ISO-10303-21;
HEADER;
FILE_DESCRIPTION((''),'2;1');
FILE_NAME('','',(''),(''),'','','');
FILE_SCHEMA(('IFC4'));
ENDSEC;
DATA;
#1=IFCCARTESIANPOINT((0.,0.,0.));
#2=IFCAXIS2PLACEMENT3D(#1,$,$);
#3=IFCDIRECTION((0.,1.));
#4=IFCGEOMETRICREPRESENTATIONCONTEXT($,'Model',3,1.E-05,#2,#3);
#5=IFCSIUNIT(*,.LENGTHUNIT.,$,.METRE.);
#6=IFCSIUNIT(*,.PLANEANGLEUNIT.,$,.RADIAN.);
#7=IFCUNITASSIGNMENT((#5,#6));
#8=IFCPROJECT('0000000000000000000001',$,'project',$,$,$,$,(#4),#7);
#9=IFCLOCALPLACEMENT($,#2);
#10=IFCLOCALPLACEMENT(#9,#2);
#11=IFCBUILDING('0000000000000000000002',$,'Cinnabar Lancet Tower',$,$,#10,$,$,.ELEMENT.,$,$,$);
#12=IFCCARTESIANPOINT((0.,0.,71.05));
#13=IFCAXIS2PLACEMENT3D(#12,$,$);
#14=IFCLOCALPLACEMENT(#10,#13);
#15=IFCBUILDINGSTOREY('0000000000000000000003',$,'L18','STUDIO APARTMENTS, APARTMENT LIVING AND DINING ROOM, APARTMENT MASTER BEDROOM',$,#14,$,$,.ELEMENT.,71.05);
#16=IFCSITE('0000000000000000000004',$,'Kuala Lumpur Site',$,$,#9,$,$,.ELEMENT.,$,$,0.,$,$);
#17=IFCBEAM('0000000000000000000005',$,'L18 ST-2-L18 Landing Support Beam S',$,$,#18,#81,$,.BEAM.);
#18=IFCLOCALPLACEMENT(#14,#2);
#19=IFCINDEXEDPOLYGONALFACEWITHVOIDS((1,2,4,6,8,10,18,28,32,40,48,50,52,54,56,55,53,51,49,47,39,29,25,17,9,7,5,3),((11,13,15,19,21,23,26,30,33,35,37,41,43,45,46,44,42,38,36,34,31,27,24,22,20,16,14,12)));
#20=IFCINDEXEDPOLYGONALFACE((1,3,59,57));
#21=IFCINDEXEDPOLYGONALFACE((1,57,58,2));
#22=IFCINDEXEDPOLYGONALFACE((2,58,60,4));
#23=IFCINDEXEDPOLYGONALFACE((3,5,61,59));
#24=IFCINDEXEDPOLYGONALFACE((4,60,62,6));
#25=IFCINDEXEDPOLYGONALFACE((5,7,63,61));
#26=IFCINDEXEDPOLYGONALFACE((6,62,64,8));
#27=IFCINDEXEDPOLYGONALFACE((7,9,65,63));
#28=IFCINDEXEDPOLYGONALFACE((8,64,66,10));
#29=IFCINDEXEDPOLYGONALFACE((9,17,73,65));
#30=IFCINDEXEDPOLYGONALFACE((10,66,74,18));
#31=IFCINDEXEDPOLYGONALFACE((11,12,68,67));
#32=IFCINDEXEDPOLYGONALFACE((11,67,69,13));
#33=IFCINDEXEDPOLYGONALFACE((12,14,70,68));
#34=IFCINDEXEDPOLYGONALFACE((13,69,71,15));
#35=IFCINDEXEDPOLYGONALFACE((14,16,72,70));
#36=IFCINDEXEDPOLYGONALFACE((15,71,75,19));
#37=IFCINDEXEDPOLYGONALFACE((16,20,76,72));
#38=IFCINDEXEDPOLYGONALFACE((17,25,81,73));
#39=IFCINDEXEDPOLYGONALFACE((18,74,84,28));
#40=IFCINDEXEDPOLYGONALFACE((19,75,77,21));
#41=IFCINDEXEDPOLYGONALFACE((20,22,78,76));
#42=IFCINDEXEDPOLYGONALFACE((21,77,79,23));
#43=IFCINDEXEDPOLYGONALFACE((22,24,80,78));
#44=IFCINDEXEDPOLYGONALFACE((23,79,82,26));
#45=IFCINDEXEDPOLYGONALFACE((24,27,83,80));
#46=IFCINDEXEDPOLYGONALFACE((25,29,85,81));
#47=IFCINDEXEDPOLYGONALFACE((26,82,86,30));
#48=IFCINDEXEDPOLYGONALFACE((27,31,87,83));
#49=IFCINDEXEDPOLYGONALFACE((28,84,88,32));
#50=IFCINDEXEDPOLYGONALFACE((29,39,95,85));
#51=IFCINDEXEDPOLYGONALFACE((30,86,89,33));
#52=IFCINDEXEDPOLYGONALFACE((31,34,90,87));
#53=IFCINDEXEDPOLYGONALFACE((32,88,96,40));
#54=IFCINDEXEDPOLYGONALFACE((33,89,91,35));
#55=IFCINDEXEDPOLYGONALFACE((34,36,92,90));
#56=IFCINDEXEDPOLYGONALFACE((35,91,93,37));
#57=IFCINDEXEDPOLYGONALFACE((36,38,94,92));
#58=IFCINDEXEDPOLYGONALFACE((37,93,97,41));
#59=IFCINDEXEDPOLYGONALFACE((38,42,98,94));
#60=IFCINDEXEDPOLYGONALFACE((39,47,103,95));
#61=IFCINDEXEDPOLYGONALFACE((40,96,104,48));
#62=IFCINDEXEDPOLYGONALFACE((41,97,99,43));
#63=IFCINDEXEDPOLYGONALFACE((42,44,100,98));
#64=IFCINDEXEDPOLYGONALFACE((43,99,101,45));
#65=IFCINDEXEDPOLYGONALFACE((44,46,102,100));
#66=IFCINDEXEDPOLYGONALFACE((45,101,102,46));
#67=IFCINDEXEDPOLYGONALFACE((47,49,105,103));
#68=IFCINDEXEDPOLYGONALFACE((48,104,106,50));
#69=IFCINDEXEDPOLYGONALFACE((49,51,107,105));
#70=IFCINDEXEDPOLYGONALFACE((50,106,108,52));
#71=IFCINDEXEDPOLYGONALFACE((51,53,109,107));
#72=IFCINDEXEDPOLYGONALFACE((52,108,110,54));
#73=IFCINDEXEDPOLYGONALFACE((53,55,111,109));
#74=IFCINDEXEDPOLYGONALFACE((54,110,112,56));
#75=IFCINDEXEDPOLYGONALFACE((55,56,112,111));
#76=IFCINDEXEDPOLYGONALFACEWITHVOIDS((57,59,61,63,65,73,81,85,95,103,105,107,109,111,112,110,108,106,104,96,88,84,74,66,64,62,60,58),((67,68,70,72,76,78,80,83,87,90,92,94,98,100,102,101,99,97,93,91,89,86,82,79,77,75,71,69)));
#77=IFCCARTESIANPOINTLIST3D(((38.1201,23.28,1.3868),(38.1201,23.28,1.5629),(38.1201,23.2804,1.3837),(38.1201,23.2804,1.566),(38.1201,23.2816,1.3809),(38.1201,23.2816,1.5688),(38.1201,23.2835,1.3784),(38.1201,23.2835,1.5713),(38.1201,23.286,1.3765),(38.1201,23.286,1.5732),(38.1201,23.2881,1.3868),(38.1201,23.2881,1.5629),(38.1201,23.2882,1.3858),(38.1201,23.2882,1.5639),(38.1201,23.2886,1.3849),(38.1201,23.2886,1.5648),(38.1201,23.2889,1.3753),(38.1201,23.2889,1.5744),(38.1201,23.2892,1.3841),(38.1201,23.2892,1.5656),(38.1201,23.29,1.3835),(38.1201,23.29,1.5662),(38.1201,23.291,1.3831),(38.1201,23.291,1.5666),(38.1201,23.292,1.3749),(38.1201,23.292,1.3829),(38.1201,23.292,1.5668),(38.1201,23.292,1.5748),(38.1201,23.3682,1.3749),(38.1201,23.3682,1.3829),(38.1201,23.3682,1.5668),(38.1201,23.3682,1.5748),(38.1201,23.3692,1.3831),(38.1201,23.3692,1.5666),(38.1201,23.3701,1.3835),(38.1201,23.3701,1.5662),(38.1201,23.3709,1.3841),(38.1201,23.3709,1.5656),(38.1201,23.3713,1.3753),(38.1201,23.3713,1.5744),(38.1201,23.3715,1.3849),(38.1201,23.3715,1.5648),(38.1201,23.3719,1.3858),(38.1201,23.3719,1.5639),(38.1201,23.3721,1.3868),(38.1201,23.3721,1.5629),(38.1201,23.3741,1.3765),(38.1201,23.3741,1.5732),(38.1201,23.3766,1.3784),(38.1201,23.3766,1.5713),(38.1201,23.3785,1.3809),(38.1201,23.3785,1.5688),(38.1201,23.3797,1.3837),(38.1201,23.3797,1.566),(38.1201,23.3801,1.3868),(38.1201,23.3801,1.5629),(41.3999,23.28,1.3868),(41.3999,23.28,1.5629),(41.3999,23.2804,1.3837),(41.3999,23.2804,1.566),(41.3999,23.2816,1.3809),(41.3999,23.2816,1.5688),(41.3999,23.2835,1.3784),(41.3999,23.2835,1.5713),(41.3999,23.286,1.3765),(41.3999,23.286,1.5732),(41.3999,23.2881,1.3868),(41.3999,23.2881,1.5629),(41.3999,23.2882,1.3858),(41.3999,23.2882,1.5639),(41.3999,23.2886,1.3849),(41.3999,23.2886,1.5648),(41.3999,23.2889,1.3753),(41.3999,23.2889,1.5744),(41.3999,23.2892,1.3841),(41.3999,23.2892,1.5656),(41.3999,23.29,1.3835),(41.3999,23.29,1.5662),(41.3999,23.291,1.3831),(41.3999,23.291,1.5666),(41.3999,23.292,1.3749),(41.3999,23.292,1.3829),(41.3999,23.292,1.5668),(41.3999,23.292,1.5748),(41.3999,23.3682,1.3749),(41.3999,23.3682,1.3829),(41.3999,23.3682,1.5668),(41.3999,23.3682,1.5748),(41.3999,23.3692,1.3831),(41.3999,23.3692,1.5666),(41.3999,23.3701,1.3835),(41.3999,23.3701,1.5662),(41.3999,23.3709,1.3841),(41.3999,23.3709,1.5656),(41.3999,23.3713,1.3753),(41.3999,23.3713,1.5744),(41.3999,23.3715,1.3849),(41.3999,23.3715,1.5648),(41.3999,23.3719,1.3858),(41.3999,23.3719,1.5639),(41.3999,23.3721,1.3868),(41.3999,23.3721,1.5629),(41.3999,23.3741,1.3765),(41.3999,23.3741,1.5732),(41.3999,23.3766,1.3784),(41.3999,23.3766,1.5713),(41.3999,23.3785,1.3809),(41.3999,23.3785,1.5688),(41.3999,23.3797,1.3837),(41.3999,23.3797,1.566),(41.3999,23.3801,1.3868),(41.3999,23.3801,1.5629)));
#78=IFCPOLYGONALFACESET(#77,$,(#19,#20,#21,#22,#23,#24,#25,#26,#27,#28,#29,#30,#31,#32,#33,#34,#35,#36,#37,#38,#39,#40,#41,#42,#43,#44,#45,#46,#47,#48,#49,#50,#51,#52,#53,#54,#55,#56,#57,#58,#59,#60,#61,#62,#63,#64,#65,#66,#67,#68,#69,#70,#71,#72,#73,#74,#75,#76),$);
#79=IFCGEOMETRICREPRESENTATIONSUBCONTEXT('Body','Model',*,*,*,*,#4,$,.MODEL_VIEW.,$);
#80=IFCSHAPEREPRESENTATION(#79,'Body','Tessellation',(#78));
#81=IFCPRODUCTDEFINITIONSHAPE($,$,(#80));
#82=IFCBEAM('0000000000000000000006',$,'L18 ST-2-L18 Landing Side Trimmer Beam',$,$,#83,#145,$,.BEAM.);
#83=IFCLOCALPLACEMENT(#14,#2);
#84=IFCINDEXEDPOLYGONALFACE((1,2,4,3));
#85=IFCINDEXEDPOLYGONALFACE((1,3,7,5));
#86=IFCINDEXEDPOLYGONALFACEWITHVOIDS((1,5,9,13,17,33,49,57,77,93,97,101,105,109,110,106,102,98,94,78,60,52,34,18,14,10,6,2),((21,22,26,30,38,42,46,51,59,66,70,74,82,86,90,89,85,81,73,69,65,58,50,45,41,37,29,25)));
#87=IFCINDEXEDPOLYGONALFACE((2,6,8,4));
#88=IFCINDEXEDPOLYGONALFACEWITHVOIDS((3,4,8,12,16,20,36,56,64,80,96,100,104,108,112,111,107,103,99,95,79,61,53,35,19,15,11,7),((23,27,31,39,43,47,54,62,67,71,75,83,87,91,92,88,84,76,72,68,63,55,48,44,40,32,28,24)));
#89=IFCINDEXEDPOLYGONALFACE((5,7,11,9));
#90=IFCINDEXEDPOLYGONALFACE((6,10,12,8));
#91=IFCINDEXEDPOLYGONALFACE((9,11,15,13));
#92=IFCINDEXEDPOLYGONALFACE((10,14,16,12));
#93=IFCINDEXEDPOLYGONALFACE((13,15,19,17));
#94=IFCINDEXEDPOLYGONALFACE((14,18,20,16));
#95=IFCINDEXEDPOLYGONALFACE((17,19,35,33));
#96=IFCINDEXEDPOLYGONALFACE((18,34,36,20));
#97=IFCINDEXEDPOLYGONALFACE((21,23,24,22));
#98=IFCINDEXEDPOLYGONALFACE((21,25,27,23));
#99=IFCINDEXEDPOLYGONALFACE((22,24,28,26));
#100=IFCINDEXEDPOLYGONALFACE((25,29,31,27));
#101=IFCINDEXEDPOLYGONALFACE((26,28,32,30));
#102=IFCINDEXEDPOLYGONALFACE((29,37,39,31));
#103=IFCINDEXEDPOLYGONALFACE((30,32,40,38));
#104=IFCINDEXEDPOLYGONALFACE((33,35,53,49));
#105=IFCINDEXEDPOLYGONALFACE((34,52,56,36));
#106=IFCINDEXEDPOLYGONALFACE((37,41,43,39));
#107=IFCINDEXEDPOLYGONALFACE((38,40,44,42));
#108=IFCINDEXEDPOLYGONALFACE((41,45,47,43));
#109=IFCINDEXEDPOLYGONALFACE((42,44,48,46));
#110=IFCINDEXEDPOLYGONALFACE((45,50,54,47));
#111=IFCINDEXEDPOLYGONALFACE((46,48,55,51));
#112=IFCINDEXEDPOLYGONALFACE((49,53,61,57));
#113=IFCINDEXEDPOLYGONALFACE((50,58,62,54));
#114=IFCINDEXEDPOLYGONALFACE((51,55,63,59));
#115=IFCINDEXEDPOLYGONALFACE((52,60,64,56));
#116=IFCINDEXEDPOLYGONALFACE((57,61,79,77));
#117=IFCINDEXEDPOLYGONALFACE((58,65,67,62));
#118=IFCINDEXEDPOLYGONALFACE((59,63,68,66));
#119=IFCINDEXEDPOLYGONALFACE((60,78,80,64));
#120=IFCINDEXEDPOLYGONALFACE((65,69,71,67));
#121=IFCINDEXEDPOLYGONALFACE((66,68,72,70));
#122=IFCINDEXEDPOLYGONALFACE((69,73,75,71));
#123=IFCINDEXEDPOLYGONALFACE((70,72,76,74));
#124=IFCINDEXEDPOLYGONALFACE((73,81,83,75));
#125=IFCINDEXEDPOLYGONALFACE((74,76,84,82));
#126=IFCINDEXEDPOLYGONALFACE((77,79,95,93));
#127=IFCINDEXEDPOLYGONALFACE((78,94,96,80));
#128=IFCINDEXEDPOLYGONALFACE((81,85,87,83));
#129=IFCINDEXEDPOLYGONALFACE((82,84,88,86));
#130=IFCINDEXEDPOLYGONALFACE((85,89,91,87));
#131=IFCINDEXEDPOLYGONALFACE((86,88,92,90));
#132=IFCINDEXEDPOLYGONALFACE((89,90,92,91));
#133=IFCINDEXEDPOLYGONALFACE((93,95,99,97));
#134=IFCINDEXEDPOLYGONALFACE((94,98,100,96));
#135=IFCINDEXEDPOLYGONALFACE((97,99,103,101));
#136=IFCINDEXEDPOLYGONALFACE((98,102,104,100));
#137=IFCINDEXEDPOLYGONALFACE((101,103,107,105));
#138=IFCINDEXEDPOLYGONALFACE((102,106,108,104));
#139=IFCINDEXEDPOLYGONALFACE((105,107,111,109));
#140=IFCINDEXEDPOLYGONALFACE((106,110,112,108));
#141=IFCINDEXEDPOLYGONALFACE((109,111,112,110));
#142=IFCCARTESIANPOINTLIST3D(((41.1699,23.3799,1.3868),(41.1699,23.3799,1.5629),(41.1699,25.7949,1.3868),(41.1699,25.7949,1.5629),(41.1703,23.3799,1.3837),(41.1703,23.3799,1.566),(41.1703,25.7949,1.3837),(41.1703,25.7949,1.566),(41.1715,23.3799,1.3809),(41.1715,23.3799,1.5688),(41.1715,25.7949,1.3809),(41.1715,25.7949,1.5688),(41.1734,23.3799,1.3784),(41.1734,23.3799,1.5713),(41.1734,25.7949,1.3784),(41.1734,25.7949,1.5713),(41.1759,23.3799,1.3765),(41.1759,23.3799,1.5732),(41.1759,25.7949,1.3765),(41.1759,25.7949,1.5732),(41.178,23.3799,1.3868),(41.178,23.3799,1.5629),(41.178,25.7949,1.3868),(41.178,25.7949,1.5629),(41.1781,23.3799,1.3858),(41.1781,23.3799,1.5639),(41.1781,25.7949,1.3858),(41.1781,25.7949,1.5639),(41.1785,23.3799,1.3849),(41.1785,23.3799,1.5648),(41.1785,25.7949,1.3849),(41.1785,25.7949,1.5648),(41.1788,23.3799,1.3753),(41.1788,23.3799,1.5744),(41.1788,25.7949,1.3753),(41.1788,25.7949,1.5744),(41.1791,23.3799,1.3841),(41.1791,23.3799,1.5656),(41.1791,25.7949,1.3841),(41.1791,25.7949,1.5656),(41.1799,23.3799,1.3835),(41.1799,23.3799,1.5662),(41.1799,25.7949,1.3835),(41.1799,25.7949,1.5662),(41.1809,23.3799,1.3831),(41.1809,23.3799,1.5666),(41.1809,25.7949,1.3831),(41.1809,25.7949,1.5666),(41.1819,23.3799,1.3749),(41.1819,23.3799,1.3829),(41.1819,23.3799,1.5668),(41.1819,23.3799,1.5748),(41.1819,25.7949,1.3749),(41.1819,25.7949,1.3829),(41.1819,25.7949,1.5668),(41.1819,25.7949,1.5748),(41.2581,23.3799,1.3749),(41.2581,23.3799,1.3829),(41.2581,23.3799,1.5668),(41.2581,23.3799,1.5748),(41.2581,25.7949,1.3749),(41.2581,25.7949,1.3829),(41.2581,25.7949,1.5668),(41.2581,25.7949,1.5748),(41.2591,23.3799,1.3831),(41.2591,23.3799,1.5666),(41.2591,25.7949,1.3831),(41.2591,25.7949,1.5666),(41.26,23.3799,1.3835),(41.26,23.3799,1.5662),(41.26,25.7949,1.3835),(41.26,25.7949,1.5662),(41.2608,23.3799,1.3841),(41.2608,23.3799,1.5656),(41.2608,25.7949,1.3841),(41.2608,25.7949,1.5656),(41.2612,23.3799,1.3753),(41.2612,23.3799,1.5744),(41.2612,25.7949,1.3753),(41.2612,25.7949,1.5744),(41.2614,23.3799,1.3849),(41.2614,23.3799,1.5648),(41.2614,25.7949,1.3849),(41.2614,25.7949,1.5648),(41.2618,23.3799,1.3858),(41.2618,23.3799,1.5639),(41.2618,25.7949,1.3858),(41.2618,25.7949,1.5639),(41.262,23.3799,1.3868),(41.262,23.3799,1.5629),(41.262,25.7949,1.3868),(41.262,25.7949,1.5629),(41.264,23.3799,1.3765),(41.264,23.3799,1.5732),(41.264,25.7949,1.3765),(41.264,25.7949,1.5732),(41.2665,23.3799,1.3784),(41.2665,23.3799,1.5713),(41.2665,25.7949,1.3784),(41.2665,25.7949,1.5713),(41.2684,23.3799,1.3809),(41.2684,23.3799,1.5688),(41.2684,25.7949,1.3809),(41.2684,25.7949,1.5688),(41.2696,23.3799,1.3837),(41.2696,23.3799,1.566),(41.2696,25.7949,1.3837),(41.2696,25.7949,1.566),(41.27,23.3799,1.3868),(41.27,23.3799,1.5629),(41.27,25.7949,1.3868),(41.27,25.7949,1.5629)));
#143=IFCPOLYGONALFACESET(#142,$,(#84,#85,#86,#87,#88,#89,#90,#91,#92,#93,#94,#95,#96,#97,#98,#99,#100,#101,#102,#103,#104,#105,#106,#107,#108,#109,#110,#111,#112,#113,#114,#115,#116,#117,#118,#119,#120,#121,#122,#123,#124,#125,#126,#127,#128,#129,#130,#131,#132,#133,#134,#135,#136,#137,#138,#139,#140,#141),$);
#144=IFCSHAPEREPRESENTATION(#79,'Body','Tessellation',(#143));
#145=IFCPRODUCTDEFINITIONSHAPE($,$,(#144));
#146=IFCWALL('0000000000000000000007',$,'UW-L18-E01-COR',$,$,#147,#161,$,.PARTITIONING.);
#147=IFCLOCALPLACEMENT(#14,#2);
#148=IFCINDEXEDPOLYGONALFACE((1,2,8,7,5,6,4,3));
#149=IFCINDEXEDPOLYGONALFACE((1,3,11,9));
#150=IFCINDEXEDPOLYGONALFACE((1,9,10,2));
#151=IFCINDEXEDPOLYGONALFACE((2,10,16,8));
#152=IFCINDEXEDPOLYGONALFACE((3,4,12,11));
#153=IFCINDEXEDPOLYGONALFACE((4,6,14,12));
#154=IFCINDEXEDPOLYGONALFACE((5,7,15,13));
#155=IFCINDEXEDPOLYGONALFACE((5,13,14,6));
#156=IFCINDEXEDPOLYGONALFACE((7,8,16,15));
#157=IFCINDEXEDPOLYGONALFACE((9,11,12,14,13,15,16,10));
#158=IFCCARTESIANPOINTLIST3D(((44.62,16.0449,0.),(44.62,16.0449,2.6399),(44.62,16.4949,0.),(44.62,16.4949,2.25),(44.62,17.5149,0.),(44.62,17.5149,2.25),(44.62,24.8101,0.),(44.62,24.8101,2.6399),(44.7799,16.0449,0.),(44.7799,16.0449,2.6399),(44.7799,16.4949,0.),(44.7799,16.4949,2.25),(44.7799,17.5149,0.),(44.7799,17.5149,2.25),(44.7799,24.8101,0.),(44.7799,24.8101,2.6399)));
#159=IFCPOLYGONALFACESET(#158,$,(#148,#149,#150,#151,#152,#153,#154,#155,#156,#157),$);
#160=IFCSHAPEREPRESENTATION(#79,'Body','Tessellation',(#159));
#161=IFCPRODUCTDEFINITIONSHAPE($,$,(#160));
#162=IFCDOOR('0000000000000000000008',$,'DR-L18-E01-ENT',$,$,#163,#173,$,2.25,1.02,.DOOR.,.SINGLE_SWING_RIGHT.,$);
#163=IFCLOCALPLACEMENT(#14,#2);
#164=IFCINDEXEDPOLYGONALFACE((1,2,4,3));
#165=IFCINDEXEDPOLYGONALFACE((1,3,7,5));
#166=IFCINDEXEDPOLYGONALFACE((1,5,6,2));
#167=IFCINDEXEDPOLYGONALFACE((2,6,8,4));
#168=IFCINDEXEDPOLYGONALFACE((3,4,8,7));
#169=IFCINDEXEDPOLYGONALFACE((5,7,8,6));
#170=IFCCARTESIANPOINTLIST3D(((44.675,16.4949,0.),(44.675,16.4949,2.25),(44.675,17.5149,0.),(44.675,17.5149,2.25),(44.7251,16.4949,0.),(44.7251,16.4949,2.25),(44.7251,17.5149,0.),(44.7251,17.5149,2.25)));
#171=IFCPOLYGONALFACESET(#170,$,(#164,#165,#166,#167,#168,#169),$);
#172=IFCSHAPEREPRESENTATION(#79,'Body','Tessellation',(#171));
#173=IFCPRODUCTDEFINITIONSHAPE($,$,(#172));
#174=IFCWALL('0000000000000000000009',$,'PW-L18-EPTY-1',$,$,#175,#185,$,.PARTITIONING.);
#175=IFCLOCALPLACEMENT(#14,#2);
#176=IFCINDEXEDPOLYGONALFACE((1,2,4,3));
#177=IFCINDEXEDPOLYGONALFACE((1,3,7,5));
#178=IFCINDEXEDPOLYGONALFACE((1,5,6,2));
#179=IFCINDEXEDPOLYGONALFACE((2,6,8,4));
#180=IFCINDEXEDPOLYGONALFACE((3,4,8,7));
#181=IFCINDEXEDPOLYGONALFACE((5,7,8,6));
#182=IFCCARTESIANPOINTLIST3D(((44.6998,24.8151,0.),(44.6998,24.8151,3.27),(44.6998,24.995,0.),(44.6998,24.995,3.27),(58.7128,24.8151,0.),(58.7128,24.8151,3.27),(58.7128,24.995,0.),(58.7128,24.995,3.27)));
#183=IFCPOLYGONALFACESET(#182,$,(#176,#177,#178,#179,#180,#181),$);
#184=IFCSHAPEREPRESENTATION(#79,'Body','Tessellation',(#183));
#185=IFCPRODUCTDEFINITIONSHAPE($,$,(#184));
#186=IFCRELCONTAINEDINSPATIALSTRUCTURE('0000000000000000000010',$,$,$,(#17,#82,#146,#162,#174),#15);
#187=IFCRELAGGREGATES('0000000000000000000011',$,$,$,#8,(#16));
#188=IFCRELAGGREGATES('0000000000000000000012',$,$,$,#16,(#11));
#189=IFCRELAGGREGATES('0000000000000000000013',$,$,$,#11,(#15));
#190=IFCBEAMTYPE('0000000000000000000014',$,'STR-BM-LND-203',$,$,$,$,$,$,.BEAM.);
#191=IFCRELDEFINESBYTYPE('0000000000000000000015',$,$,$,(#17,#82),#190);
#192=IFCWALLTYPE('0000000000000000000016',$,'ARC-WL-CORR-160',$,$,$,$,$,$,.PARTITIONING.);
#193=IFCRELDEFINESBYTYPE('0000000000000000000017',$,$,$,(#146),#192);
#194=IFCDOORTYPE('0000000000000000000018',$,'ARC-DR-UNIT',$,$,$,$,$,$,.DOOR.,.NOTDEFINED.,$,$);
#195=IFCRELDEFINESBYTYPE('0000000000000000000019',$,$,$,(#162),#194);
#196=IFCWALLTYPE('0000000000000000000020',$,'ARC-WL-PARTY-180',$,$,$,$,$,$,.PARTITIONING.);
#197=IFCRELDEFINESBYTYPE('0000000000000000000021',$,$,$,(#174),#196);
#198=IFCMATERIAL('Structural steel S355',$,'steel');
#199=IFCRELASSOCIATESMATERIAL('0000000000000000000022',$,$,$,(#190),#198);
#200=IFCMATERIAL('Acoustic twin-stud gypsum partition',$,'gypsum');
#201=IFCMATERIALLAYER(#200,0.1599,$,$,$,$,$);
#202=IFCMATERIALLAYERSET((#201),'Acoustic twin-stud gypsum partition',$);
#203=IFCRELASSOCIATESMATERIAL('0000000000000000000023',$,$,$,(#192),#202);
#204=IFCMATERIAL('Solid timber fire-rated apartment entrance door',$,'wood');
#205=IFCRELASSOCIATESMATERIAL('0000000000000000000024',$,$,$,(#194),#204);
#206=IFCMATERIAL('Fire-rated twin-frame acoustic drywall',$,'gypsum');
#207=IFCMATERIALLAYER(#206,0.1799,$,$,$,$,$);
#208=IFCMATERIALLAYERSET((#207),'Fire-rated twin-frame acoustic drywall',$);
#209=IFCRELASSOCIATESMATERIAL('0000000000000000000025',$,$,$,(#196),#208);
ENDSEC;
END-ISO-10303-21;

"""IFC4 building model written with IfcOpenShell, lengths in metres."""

from ifc_helpers import new_model, si_unit, direction, frame, frame_2d, origin, origin_2d, place, context, subcontext, project, spatial, rectangle, hollow_rectangle, extrude, material, layer, layer_set, material_profile, profile_set, type_object, element, fill, save


model = new_model("IFC4")

# Units and contexts
model_context = context("Model", 3, precision=1e-05, world=origin(), true_north=direction((0.0, 1.0)))
body_context = subcontext(model_context, "Body", "Model", "MODEL_VIEW")
ifc_project = project(units=[si_unit("LENGTHUNIT", "METRE"), si_unit("PLANEANGLEUNIT", "RADIAN")], contexts=[model_context])

# Site, building, storey
site_placement = place(None, origin())
site = spatial("IfcSite", under=ifc_project, at=site_placement, Name="Kuala Lumpur Site", CompositionType="ELEMENT", RefElevation=0.0)
building_placement = place(site_placement, origin())
building = spatial("IfcBuilding", under=site, at=building_placement, Name="Cinnabar Lancet Tower", CompositionType="ELEMENT")
storey_placement = place(building_placement, frame((0.0, 0.0, 71.05)))
storey = spatial("IfcBuildingStorey", under=building, at=storey_placement, Name="L18", Description="STUDIO APARTMENTS, APARTMENT LIVING AND DINING ROOM, APARTMENT MASTER BEDROOM", CompositionType="ELEMENT", Elevation=71.05)

# Beams
ifc_material_1 = material(Name="Structural steel S355", Category="steel")
ifc_material_profile_1 = material_profile(ifc_material_1, hollow_rectangle(XDim=0.1001, YDim=0.2, WallThickness=0.0081, InnerFilletRadius=0.0039, OuterFilletRadius=0.012, at=origin_2d()), Name="RHS 200x100x8")
ifc_profile_set_1 = profile_set([ifc_material_profile_1], Name="Structural steel S355")
beam_type_1 = type_object("IfcBeamType", Name="STR-BM-LND-203", PredefinedType="BEAM", material=ifc_profile_set_1)
beam_1_placement = place(storey_placement, frame((38.1201, 23.3301, 1.4749), z_axis=(1.0, 0.0, 0.0), x_axis=(0.0, 1.0, 0.0)))
element("IfcBeam", 1, at=beam_1_placement, inside=storey, type_object=beam_type_1, Name="L18 ST-2-L18 Landing Support Beam S", PredefinedType="BEAM", context=body_context, shape_type="SweptSolid", body=[
    extrude(hollow_rectangle(XDim=0.1001, YDim=0.2, WallThickness=0.0081, InnerFilletRadius=0.0039, OuterFilletRadius=0.012, at=origin_2d()), origin(), (0.0, 0.0, 1.0), 3.2798),
])
beam_2_placement = place(storey_placement, frame((41.22, 23.3799, 1.4749), z_axis=(0.0, 1.0, 0.0), x_axis=(-1.0, 0.0, 0.0)))
element("IfcBeam", 2, at=beam_2_placement, inside=storey, type_object=beam_type_1, Name="L18 ST-2-L18 Landing Side Trimmer Beam", PredefinedType="BEAM", context=body_context, shape_type="SweptSolid", body=[
    extrude(hollow_rectangle(XDim=0.1001, YDim=0.2, WallThickness=0.0081, InnerFilletRadius=0.0039, OuterFilletRadius=0.012, at=origin_2d()), origin(), (0.0, 0.0, 1.0), 2.415),
])

# Wall, opening, door
ifc_material_2 = material(Name="Acoustic twin-stud gypsum partition", Category="gypsum")
ifc_layer_1 = layer(ifc_material_2, 0.1599)
ifc_layer_set_1 = layer_set([ifc_layer_1], Name="Acoustic twin-stud gypsum partition")
wall_type_1 = type_object("IfcWallType", Name="ARC-WL-CORR-160", PredefinedType="PARTITIONING", material=ifc_layer_set_1)
wall_1_placement = place(storey_placement, frame((44.7, 16.0449, 0.0), z_axis=(0.0, 0.0, 1.0), x_axis=(0.0, 1.0, 0.0)))
wall_1 = element("IfcWall", 3, at=wall_1_placement, inside=storey, type_object=wall_type_1, Name="UW-L18-E01-COR", PredefinedType="PARTITIONING", context=body_context, shape_type="SweptSolid", body=[
    extrude(rectangle(XDim=8.7651, YDim=0.1599, at=frame_2d((4.3826, 0.0))), origin(), (0.0, 0.0, 1.0), 2.6399),
])
opening_1_placement = place(wall_1_placement, frame((0.45, 0.0, 0.0)))
opening_1 = element("IfcOpeningElement", 4, at=opening_1_placement, cuts=wall_1, PredefinedType="OPENING", context=body_context, shape_type="SweptSolid", body=[
    extrude(rectangle(XDim=1.02, YDim=2.25, at=frame_2d((0.51, 1.125))), frame((0.0, 0.0898, 0.0), z_axis=(0.0, -1.0, 0.0), x_axis=(1.0, 0.0, 0.0)), (0.0, 0.0, 1.0), 0.1799),
])
ifc_material_3 = material(Name="Solid timber fire-rated apartment entrance door", Category="wood")
door_type_1 = type_object("IfcDoorType", Name="ARC-DR-UNIT", OperationType="NOTDEFINED", PredefinedType="DOOR", material=ifc_material_3)
door_1_placement = place(opening_1_placement, origin())
door_1 = element("IfcDoor", 5, at=door_1_placement, inside=storey, type_object=door_type_1, Name="DR-L18-E01-ENT", OperationType="SINGLE_SWING_RIGHT", OverallHeight=2.25, OverallWidth=1.02, PredefinedType="DOOR", context=body_context, shape_type="SweptSolid", body=[
    extrude(rectangle(XDim=1.02, YDim=2.25, at=frame_2d((0.51, 1.125))), frame((0.0, 0.0249, 0.0), z_axis=(0.0, -1.0, 0.0), x_axis=(1.0, 0.0, 0.0)), (0.0, 0.0, 1.0), 0.05),
])
fill(opening_1, door_1)

# Wall
ifc_material_4 = material(Name="Fire-rated twin-frame acoustic drywall", Category="gypsum")
ifc_layer_2 = layer(ifc_material_4, 0.1799)
ifc_layer_set_2 = layer_set([ifc_layer_2], Name="Fire-rated twin-frame acoustic drywall")
wall_type_2 = type_object("IfcWallType", Name="ARC-WL-PARTY-180", PredefinedType="PARTITIONING", material=ifc_layer_set_2)
wall_2_placement = place(storey_placement, frame((44.7, 24.905, 0.0), z_axis=(0.0, 0.0, 1.0), x_axis=(1.0, 0.0, 0.0)))
element("IfcWall", 6, at=wall_2_placement, inside=storey, type_object=wall_type_2, Name="PW-L18-EPTY-1", PredefinedType="PARTITIONING", context=body_context, shape_type="SweptSolid", body=[
    extrude(rectangle(XDim=14.0129, YDim=0.1799, at=frame_2d((7.0063, 0.0))), origin(), (0.0, 0.0, 1.0), 3.27),
])

save(model, "model.ifc")
